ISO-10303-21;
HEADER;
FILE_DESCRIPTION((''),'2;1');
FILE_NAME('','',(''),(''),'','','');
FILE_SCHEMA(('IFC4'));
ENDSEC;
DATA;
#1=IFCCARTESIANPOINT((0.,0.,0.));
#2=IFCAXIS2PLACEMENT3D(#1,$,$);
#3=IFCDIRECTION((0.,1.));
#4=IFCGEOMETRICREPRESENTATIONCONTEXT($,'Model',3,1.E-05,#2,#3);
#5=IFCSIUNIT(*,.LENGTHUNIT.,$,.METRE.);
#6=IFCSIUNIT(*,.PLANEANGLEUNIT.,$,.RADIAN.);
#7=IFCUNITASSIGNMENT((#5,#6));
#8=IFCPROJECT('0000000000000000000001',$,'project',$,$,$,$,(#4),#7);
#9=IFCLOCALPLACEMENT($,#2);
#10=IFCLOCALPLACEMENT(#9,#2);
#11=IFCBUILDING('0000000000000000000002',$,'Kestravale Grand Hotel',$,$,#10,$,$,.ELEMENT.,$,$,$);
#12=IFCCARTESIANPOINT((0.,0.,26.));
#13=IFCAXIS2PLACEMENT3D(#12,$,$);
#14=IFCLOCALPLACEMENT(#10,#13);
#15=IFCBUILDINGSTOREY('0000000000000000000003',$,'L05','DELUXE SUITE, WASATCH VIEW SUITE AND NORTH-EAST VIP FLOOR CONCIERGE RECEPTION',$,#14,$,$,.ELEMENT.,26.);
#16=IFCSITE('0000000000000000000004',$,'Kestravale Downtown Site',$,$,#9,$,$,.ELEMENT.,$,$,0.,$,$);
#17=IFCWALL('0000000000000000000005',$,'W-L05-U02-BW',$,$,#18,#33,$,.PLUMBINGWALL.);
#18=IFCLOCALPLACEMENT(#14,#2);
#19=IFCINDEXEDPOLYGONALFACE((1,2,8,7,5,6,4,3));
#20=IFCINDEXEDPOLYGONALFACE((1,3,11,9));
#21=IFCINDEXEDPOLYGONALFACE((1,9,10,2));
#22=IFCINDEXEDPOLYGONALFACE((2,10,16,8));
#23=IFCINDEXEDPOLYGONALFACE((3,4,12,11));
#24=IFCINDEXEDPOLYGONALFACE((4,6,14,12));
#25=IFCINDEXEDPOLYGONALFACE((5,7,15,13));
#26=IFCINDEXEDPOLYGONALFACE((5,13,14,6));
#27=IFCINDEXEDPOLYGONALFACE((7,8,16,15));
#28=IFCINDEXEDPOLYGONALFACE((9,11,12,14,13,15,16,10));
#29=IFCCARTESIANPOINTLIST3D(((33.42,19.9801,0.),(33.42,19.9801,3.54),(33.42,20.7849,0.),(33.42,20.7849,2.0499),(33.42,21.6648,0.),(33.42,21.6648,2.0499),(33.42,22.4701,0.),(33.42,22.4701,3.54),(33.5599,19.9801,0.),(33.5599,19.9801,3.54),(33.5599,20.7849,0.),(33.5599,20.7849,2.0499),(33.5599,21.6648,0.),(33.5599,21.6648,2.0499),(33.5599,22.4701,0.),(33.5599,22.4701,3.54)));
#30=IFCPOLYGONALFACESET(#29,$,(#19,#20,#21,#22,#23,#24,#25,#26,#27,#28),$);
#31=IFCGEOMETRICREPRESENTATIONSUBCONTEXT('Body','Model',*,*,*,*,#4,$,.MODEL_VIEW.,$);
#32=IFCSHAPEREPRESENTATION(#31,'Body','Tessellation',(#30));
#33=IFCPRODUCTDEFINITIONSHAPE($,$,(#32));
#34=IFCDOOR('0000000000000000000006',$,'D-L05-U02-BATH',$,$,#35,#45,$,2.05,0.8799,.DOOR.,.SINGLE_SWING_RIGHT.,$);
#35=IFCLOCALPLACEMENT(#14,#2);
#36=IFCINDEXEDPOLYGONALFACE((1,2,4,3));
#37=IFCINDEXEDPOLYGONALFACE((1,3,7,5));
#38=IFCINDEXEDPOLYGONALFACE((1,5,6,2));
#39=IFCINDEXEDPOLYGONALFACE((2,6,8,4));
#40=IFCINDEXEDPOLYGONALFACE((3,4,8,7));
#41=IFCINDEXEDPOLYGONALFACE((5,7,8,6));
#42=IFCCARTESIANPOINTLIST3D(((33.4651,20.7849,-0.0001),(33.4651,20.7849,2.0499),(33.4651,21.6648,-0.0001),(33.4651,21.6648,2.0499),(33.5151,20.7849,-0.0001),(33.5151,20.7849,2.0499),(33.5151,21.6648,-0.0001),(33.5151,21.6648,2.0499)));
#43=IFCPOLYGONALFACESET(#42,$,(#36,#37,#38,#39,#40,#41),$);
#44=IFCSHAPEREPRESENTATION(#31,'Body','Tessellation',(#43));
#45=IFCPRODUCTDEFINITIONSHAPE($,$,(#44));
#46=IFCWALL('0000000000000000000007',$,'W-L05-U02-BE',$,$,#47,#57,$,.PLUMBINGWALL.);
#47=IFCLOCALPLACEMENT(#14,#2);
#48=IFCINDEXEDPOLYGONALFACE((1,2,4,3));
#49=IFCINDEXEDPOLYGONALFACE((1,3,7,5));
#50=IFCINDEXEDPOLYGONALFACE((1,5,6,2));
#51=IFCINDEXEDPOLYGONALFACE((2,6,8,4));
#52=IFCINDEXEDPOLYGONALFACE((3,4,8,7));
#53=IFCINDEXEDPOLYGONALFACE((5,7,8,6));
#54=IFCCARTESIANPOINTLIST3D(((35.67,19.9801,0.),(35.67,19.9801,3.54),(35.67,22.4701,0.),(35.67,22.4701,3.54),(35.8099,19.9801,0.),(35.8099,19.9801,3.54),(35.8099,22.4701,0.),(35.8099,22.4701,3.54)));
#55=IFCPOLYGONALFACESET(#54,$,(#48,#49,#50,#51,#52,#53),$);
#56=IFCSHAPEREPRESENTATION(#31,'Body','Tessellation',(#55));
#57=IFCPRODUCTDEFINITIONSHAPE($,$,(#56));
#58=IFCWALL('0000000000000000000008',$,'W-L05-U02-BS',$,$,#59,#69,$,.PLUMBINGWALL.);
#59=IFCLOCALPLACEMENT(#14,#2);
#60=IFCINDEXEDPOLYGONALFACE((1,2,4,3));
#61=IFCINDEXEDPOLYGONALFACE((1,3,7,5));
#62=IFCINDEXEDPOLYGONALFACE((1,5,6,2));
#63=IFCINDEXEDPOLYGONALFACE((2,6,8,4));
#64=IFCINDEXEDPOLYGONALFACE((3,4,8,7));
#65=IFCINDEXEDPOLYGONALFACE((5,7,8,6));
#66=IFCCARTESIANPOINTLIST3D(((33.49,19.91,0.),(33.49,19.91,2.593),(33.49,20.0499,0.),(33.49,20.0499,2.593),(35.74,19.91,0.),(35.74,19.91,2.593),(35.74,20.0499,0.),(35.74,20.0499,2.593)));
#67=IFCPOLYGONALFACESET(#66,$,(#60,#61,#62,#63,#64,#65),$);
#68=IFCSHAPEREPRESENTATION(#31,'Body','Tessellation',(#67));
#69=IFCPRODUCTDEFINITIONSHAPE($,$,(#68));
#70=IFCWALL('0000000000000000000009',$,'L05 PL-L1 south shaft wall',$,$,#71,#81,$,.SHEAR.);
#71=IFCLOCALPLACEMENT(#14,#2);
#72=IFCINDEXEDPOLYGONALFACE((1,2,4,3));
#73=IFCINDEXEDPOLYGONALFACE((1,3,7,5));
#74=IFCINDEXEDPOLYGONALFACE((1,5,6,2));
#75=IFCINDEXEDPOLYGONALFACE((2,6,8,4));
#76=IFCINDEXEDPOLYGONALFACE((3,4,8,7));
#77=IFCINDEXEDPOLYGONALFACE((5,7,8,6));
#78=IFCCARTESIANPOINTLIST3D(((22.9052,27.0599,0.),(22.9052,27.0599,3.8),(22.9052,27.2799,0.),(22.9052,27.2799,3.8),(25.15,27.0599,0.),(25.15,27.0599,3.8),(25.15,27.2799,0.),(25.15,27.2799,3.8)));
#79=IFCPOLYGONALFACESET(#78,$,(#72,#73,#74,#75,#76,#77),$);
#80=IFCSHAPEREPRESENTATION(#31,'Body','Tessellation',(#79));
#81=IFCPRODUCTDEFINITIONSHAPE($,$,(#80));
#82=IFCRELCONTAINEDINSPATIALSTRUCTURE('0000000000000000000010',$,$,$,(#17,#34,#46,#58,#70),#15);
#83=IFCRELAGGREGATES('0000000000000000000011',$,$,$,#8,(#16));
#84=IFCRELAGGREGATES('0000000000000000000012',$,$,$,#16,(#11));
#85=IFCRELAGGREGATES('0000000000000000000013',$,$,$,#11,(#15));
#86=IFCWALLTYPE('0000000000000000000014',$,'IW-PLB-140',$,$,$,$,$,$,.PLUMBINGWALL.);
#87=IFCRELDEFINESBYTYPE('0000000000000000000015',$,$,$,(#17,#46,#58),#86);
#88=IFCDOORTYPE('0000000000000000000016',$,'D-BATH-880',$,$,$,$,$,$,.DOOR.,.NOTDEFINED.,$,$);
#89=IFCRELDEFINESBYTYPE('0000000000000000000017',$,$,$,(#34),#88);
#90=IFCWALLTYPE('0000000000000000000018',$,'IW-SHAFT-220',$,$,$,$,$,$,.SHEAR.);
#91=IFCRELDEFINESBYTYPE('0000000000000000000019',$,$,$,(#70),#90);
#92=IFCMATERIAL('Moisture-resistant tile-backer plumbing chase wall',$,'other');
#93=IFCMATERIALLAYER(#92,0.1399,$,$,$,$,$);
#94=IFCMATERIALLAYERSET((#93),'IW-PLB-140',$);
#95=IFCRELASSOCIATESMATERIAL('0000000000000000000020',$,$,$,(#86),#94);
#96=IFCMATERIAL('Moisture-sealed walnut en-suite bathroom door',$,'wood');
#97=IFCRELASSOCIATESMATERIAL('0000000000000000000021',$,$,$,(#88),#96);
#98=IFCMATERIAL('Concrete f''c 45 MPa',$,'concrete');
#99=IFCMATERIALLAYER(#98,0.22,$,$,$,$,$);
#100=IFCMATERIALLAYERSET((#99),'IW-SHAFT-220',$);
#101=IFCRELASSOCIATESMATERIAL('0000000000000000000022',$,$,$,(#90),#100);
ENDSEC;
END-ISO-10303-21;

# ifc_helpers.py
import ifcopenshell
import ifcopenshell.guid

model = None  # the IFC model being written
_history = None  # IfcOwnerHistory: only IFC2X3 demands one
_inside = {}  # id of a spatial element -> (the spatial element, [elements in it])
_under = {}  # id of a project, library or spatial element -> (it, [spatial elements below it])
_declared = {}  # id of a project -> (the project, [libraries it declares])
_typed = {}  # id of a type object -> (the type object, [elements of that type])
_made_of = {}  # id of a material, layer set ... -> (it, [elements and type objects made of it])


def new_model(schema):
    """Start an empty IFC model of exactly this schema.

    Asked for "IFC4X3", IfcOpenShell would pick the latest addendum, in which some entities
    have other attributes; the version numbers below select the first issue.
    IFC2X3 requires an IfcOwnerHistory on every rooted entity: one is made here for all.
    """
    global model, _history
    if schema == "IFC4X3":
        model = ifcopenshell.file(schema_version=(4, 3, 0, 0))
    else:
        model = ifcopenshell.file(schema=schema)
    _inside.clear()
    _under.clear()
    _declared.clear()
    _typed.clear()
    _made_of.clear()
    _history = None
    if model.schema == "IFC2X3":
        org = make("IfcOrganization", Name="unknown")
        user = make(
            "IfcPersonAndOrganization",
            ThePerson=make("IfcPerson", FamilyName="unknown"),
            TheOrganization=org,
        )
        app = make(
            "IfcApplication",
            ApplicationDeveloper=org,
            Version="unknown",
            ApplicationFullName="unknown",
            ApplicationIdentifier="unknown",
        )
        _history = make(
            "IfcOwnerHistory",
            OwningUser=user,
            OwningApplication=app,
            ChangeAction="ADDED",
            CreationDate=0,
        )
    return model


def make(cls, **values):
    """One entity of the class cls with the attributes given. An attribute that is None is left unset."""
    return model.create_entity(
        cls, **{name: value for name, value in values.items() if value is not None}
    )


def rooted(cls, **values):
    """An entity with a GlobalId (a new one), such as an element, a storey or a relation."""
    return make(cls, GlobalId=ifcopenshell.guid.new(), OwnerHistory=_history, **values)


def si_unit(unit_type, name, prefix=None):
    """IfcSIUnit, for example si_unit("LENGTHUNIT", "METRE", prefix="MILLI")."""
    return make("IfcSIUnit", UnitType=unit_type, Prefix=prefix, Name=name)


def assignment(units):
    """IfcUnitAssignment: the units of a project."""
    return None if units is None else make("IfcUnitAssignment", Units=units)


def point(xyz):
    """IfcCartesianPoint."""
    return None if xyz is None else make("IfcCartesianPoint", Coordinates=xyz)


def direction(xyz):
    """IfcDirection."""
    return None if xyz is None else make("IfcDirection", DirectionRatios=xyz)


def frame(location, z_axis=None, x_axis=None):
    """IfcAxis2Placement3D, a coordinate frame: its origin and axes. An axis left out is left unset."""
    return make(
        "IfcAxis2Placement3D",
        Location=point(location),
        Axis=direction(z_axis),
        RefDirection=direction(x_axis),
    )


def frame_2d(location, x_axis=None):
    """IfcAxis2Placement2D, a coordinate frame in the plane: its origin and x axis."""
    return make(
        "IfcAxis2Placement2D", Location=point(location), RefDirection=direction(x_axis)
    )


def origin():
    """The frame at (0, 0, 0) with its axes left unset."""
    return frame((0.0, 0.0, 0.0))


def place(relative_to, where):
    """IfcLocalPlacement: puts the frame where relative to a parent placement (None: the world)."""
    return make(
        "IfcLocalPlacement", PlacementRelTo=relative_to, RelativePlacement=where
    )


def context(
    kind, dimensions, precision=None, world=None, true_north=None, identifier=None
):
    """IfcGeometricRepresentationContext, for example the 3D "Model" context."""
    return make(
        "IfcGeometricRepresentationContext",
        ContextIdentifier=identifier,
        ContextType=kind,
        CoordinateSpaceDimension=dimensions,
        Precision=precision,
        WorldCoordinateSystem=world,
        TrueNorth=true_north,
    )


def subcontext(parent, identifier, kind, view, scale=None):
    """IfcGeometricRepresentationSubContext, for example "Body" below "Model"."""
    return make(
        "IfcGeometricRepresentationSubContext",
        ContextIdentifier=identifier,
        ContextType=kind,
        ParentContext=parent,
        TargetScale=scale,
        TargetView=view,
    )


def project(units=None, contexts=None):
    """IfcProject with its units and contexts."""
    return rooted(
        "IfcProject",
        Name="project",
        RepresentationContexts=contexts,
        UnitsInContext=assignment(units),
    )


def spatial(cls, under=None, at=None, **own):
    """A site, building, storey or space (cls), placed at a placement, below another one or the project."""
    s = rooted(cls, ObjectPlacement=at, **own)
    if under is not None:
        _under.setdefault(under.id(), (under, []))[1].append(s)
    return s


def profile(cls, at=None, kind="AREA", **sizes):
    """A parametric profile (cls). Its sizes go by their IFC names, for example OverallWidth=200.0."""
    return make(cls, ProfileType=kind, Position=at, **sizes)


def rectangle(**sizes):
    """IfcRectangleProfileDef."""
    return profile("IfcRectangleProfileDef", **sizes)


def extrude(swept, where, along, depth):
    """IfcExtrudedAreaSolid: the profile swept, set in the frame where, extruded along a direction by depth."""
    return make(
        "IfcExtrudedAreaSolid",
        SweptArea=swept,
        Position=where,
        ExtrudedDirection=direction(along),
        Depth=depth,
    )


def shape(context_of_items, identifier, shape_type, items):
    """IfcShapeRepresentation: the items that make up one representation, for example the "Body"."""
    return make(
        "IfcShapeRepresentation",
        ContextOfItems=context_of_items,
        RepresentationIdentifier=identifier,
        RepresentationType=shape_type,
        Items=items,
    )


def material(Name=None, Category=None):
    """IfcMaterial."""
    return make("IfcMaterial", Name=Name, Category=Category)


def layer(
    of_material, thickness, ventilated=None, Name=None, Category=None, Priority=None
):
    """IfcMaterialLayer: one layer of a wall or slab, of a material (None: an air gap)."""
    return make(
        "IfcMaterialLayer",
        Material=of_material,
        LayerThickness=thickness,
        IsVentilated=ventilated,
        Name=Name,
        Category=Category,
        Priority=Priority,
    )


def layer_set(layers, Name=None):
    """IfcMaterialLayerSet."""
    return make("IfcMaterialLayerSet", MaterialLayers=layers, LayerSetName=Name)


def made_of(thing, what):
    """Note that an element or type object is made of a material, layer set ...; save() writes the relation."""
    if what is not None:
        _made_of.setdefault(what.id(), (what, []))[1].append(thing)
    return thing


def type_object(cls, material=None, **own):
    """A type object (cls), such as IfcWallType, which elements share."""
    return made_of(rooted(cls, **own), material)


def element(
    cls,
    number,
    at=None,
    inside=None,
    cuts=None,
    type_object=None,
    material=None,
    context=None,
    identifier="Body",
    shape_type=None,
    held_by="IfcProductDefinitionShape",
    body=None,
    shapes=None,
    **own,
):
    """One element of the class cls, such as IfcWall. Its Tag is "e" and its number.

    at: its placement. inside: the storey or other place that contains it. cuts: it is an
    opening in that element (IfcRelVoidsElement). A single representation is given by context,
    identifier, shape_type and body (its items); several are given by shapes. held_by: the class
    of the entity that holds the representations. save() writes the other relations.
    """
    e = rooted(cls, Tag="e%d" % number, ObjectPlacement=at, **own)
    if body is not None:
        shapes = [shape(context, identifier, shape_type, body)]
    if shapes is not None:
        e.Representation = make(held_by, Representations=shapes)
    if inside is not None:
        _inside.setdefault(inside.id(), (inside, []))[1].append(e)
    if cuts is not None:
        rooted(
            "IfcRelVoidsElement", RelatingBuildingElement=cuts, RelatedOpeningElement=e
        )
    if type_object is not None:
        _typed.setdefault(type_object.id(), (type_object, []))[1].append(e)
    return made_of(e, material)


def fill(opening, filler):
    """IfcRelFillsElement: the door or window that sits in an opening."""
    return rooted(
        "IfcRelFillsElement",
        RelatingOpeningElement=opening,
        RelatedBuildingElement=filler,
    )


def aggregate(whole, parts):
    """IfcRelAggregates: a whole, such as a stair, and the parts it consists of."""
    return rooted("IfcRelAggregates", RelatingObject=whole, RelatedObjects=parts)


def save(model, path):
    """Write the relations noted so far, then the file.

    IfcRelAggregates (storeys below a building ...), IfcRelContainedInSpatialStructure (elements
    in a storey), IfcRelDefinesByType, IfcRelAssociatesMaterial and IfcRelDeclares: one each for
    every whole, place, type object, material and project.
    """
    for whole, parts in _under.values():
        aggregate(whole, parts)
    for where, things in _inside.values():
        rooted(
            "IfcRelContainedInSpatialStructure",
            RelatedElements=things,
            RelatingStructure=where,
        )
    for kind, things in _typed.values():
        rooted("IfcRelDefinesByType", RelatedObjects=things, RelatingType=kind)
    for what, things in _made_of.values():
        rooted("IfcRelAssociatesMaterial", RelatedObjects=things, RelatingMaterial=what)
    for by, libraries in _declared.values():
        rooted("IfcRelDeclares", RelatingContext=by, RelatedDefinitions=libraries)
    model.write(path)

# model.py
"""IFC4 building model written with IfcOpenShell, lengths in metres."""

from ifc_helpers import new_model, si_unit, direction, frame, frame_2d, origin, place, context, subcontext, project, spatial, rectangle, extrude, material, layer, layer_set, type_object, element, fill, save


model = new_model("IFC4")

# Units and contexts
model_context = context("Model", 3, precision=1e-05, world=origin(), true_north=direction((0.0, 1.0)))
body_context = subcontext(model_context, "Body", "Model", "MODEL_VIEW")
ifc_project = project(units=[si_unit("LENGTHUNIT", "METRE"), si_unit("PLANEANGLEUNIT", "RADIAN")], contexts=[model_context])

# Site, building, storey
site_placement = place(None, origin())
site = spatial("IfcSite", under=ifc_project, at=site_placement, Name="Kestravale Downtown Site", CompositionType="ELEMENT", RefElevation=0.0)
building_placement = place(site_placement, origin())
building = spatial("IfcBuilding", under=site, at=building_placement, Name="Kestravale Grand Hotel", CompositionType="ELEMENT")
storey_placement = place(building_placement, frame((0.0, 0.0, 26.0)))
storey = spatial("IfcBuildingStorey", under=building, at=storey_placement, Name="L05", Description="DELUXE SUITE, WASATCH VIEW SUITE AND NORTH-EAST VIP FLOOR CONCIERGE RECEPTION", CompositionType="ELEMENT", Elevation=26.0)

# Shared definitions
ifc_material_1 = material(Name="Moisture-resistant tile-backer plumbing chase wall", Category="other")
ifc_layer_1 = layer(ifc_material_1, 0.1399)
ifc_layer_set_1 = layer_set([ifc_layer_1], Name="IW-PLB-140")
wall_type_1 = type_object("IfcWallType", Name="IW-PLB-140", PredefinedType="PLUMBINGWALL", material=ifc_layer_set_1)
ifc_material_2 = material(Name="Moisture-sealed walnut en-suite bathroom door", Category="wood")
door_type_1 = type_object("IfcDoorType", Name="D-BATH-880", OperationType="NOTDEFINED", PredefinedType="DOOR", material=ifc_material_2)

# Wall, opening, door
wall_1_placement = place(storey_placement, frame((33.49, 19.98, 0.0), z_axis=(0.0, 0.0, 1.0), x_axis=(0.0, 1.0, 0.0)))
wall_1 = element("IfcWall", 1, at=wall_1_placement, inside=storey, type_object=wall_type_1, Name="W-L05-U02-BW", PredefinedType="PLUMBINGWALL", context=body_context, shape_type="SweptSolid", body=[
    extrude(rectangle(XDim=2.49, YDim=0.1399, at=frame_2d((1.2451, 0.0))), origin(), (0.0, 0.0, 1.0), 3.54),
])
opening_1_placement = place(wall_1_placement, frame((0.8049, 0.0, 0.0)))
opening_1 = element("IfcOpeningElement", 2, at=opening_1_placement, cuts=wall_1, PredefinedType="OPENING", context=body_context, shape_type="SweptSolid", body=[
    extrude(rectangle(XDim=0.8799, YDim=2.05, at=frame_2d((0.4399, 1.0249))), frame((0.0, 0.0798, 0.0), z_axis=(0.0, -1.0, 0.0), x_axis=(1.0, 0.0, 0.0)), (0.0, 0.0, 1.0), 0.1599),
])
door_1_placement = place(opening_1_placement, origin())
door_1 = element("IfcDoor", 3, at=door_1_placement, inside=storey, type_object=door_type_1, Name="D-L05-U02-BATH", OperationType="SINGLE_SWING_RIGHT", OverallHeight=2.05, OverallWidth=0.8799, PredefinedType="DOOR", context=body_context, shape_type="SweptSolid", body=[
    extrude(rectangle(XDim=0.8799, YDim=2.05, at=frame_2d((0.4399, 1.0249))), frame((0.0, 0.0249, 0.0), z_axis=(0.0, -1.0, 0.0), x_axis=(1.0, 0.0, 0.0)), (0.0, 0.0, 1.0), 0.05),
])
fill(opening_1, door_1)

# Walls
wall_2_placement = place(storey_placement, frame((35.74, 19.98, 0.0), z_axis=(0.0, 0.0, 1.0), x_axis=(0.0, 1.0, 0.0)))
element("IfcWall", 4, at=wall_2_placement, inside=storey, type_object=wall_type_1, Name="W-L05-U02-BE", PredefinedType="PLUMBINGWALL", context=body_context, shape_type="SweptSolid", body=[
    extrude(rectangle(XDim=2.49, YDim=0.1399, at=frame_2d((1.2451, 0.0))), origin(), (0.0, 0.0, 1.0), 3.54),
])
wall_3_placement = place(storey_placement, frame((33.49, 19.98, 0.0), z_axis=(0.0, 0.0, 1.0), x_axis=(1.0, 0.0, 0.0)))
element("IfcWall", 5, at=wall_3_placement, inside=storey, type_object=wall_type_1, Name="W-L05-U02-BS", PredefinedType="PLUMBINGWALL", context=body_context, shape_type="SweptSolid", body=[
    extrude(rectangle(XDim=2.25, YDim=0.1399, at=frame_2d((1.125, 0.0))), origin(), (0.0, 0.0, 1.0), 2.593),
])
ifc_material_3 = material(Name="Concrete f'c 45 MPa", Category="concrete")
ifc_layer_2 = layer(ifc_material_3, 0.22)
ifc_layer_set_2 = layer_set([ifc_layer_2], Name="IW-SHAFT-220")
wall_type_2 = type_object("IfcWallType", Name="IW-SHAFT-220", PredefinedType="SHEAR", material=ifc_layer_set_2)
wall_4_placement = place(storey_placement, frame((22.905, 27.1699, 0.0), z_axis=(0.0, 0.0, 1.0), x_axis=(1.0, 0.0, 0.0)))
element("IfcWall", 6, at=wall_4_placement, inside=storey, type_object=wall_type_2, Name="L05 PL-L1 south shaft wall", PredefinedType="SHEAR", context=body_context, shape_type="SweptSolid", body=[
    extrude(rectangle(XDim=2.2449, YDim=0.22, at=frame_2d((1.1226, 0.0))), origin(), (0.0, 0.0, 1.0), 3.8),
])

save(model, "model.ifc")
